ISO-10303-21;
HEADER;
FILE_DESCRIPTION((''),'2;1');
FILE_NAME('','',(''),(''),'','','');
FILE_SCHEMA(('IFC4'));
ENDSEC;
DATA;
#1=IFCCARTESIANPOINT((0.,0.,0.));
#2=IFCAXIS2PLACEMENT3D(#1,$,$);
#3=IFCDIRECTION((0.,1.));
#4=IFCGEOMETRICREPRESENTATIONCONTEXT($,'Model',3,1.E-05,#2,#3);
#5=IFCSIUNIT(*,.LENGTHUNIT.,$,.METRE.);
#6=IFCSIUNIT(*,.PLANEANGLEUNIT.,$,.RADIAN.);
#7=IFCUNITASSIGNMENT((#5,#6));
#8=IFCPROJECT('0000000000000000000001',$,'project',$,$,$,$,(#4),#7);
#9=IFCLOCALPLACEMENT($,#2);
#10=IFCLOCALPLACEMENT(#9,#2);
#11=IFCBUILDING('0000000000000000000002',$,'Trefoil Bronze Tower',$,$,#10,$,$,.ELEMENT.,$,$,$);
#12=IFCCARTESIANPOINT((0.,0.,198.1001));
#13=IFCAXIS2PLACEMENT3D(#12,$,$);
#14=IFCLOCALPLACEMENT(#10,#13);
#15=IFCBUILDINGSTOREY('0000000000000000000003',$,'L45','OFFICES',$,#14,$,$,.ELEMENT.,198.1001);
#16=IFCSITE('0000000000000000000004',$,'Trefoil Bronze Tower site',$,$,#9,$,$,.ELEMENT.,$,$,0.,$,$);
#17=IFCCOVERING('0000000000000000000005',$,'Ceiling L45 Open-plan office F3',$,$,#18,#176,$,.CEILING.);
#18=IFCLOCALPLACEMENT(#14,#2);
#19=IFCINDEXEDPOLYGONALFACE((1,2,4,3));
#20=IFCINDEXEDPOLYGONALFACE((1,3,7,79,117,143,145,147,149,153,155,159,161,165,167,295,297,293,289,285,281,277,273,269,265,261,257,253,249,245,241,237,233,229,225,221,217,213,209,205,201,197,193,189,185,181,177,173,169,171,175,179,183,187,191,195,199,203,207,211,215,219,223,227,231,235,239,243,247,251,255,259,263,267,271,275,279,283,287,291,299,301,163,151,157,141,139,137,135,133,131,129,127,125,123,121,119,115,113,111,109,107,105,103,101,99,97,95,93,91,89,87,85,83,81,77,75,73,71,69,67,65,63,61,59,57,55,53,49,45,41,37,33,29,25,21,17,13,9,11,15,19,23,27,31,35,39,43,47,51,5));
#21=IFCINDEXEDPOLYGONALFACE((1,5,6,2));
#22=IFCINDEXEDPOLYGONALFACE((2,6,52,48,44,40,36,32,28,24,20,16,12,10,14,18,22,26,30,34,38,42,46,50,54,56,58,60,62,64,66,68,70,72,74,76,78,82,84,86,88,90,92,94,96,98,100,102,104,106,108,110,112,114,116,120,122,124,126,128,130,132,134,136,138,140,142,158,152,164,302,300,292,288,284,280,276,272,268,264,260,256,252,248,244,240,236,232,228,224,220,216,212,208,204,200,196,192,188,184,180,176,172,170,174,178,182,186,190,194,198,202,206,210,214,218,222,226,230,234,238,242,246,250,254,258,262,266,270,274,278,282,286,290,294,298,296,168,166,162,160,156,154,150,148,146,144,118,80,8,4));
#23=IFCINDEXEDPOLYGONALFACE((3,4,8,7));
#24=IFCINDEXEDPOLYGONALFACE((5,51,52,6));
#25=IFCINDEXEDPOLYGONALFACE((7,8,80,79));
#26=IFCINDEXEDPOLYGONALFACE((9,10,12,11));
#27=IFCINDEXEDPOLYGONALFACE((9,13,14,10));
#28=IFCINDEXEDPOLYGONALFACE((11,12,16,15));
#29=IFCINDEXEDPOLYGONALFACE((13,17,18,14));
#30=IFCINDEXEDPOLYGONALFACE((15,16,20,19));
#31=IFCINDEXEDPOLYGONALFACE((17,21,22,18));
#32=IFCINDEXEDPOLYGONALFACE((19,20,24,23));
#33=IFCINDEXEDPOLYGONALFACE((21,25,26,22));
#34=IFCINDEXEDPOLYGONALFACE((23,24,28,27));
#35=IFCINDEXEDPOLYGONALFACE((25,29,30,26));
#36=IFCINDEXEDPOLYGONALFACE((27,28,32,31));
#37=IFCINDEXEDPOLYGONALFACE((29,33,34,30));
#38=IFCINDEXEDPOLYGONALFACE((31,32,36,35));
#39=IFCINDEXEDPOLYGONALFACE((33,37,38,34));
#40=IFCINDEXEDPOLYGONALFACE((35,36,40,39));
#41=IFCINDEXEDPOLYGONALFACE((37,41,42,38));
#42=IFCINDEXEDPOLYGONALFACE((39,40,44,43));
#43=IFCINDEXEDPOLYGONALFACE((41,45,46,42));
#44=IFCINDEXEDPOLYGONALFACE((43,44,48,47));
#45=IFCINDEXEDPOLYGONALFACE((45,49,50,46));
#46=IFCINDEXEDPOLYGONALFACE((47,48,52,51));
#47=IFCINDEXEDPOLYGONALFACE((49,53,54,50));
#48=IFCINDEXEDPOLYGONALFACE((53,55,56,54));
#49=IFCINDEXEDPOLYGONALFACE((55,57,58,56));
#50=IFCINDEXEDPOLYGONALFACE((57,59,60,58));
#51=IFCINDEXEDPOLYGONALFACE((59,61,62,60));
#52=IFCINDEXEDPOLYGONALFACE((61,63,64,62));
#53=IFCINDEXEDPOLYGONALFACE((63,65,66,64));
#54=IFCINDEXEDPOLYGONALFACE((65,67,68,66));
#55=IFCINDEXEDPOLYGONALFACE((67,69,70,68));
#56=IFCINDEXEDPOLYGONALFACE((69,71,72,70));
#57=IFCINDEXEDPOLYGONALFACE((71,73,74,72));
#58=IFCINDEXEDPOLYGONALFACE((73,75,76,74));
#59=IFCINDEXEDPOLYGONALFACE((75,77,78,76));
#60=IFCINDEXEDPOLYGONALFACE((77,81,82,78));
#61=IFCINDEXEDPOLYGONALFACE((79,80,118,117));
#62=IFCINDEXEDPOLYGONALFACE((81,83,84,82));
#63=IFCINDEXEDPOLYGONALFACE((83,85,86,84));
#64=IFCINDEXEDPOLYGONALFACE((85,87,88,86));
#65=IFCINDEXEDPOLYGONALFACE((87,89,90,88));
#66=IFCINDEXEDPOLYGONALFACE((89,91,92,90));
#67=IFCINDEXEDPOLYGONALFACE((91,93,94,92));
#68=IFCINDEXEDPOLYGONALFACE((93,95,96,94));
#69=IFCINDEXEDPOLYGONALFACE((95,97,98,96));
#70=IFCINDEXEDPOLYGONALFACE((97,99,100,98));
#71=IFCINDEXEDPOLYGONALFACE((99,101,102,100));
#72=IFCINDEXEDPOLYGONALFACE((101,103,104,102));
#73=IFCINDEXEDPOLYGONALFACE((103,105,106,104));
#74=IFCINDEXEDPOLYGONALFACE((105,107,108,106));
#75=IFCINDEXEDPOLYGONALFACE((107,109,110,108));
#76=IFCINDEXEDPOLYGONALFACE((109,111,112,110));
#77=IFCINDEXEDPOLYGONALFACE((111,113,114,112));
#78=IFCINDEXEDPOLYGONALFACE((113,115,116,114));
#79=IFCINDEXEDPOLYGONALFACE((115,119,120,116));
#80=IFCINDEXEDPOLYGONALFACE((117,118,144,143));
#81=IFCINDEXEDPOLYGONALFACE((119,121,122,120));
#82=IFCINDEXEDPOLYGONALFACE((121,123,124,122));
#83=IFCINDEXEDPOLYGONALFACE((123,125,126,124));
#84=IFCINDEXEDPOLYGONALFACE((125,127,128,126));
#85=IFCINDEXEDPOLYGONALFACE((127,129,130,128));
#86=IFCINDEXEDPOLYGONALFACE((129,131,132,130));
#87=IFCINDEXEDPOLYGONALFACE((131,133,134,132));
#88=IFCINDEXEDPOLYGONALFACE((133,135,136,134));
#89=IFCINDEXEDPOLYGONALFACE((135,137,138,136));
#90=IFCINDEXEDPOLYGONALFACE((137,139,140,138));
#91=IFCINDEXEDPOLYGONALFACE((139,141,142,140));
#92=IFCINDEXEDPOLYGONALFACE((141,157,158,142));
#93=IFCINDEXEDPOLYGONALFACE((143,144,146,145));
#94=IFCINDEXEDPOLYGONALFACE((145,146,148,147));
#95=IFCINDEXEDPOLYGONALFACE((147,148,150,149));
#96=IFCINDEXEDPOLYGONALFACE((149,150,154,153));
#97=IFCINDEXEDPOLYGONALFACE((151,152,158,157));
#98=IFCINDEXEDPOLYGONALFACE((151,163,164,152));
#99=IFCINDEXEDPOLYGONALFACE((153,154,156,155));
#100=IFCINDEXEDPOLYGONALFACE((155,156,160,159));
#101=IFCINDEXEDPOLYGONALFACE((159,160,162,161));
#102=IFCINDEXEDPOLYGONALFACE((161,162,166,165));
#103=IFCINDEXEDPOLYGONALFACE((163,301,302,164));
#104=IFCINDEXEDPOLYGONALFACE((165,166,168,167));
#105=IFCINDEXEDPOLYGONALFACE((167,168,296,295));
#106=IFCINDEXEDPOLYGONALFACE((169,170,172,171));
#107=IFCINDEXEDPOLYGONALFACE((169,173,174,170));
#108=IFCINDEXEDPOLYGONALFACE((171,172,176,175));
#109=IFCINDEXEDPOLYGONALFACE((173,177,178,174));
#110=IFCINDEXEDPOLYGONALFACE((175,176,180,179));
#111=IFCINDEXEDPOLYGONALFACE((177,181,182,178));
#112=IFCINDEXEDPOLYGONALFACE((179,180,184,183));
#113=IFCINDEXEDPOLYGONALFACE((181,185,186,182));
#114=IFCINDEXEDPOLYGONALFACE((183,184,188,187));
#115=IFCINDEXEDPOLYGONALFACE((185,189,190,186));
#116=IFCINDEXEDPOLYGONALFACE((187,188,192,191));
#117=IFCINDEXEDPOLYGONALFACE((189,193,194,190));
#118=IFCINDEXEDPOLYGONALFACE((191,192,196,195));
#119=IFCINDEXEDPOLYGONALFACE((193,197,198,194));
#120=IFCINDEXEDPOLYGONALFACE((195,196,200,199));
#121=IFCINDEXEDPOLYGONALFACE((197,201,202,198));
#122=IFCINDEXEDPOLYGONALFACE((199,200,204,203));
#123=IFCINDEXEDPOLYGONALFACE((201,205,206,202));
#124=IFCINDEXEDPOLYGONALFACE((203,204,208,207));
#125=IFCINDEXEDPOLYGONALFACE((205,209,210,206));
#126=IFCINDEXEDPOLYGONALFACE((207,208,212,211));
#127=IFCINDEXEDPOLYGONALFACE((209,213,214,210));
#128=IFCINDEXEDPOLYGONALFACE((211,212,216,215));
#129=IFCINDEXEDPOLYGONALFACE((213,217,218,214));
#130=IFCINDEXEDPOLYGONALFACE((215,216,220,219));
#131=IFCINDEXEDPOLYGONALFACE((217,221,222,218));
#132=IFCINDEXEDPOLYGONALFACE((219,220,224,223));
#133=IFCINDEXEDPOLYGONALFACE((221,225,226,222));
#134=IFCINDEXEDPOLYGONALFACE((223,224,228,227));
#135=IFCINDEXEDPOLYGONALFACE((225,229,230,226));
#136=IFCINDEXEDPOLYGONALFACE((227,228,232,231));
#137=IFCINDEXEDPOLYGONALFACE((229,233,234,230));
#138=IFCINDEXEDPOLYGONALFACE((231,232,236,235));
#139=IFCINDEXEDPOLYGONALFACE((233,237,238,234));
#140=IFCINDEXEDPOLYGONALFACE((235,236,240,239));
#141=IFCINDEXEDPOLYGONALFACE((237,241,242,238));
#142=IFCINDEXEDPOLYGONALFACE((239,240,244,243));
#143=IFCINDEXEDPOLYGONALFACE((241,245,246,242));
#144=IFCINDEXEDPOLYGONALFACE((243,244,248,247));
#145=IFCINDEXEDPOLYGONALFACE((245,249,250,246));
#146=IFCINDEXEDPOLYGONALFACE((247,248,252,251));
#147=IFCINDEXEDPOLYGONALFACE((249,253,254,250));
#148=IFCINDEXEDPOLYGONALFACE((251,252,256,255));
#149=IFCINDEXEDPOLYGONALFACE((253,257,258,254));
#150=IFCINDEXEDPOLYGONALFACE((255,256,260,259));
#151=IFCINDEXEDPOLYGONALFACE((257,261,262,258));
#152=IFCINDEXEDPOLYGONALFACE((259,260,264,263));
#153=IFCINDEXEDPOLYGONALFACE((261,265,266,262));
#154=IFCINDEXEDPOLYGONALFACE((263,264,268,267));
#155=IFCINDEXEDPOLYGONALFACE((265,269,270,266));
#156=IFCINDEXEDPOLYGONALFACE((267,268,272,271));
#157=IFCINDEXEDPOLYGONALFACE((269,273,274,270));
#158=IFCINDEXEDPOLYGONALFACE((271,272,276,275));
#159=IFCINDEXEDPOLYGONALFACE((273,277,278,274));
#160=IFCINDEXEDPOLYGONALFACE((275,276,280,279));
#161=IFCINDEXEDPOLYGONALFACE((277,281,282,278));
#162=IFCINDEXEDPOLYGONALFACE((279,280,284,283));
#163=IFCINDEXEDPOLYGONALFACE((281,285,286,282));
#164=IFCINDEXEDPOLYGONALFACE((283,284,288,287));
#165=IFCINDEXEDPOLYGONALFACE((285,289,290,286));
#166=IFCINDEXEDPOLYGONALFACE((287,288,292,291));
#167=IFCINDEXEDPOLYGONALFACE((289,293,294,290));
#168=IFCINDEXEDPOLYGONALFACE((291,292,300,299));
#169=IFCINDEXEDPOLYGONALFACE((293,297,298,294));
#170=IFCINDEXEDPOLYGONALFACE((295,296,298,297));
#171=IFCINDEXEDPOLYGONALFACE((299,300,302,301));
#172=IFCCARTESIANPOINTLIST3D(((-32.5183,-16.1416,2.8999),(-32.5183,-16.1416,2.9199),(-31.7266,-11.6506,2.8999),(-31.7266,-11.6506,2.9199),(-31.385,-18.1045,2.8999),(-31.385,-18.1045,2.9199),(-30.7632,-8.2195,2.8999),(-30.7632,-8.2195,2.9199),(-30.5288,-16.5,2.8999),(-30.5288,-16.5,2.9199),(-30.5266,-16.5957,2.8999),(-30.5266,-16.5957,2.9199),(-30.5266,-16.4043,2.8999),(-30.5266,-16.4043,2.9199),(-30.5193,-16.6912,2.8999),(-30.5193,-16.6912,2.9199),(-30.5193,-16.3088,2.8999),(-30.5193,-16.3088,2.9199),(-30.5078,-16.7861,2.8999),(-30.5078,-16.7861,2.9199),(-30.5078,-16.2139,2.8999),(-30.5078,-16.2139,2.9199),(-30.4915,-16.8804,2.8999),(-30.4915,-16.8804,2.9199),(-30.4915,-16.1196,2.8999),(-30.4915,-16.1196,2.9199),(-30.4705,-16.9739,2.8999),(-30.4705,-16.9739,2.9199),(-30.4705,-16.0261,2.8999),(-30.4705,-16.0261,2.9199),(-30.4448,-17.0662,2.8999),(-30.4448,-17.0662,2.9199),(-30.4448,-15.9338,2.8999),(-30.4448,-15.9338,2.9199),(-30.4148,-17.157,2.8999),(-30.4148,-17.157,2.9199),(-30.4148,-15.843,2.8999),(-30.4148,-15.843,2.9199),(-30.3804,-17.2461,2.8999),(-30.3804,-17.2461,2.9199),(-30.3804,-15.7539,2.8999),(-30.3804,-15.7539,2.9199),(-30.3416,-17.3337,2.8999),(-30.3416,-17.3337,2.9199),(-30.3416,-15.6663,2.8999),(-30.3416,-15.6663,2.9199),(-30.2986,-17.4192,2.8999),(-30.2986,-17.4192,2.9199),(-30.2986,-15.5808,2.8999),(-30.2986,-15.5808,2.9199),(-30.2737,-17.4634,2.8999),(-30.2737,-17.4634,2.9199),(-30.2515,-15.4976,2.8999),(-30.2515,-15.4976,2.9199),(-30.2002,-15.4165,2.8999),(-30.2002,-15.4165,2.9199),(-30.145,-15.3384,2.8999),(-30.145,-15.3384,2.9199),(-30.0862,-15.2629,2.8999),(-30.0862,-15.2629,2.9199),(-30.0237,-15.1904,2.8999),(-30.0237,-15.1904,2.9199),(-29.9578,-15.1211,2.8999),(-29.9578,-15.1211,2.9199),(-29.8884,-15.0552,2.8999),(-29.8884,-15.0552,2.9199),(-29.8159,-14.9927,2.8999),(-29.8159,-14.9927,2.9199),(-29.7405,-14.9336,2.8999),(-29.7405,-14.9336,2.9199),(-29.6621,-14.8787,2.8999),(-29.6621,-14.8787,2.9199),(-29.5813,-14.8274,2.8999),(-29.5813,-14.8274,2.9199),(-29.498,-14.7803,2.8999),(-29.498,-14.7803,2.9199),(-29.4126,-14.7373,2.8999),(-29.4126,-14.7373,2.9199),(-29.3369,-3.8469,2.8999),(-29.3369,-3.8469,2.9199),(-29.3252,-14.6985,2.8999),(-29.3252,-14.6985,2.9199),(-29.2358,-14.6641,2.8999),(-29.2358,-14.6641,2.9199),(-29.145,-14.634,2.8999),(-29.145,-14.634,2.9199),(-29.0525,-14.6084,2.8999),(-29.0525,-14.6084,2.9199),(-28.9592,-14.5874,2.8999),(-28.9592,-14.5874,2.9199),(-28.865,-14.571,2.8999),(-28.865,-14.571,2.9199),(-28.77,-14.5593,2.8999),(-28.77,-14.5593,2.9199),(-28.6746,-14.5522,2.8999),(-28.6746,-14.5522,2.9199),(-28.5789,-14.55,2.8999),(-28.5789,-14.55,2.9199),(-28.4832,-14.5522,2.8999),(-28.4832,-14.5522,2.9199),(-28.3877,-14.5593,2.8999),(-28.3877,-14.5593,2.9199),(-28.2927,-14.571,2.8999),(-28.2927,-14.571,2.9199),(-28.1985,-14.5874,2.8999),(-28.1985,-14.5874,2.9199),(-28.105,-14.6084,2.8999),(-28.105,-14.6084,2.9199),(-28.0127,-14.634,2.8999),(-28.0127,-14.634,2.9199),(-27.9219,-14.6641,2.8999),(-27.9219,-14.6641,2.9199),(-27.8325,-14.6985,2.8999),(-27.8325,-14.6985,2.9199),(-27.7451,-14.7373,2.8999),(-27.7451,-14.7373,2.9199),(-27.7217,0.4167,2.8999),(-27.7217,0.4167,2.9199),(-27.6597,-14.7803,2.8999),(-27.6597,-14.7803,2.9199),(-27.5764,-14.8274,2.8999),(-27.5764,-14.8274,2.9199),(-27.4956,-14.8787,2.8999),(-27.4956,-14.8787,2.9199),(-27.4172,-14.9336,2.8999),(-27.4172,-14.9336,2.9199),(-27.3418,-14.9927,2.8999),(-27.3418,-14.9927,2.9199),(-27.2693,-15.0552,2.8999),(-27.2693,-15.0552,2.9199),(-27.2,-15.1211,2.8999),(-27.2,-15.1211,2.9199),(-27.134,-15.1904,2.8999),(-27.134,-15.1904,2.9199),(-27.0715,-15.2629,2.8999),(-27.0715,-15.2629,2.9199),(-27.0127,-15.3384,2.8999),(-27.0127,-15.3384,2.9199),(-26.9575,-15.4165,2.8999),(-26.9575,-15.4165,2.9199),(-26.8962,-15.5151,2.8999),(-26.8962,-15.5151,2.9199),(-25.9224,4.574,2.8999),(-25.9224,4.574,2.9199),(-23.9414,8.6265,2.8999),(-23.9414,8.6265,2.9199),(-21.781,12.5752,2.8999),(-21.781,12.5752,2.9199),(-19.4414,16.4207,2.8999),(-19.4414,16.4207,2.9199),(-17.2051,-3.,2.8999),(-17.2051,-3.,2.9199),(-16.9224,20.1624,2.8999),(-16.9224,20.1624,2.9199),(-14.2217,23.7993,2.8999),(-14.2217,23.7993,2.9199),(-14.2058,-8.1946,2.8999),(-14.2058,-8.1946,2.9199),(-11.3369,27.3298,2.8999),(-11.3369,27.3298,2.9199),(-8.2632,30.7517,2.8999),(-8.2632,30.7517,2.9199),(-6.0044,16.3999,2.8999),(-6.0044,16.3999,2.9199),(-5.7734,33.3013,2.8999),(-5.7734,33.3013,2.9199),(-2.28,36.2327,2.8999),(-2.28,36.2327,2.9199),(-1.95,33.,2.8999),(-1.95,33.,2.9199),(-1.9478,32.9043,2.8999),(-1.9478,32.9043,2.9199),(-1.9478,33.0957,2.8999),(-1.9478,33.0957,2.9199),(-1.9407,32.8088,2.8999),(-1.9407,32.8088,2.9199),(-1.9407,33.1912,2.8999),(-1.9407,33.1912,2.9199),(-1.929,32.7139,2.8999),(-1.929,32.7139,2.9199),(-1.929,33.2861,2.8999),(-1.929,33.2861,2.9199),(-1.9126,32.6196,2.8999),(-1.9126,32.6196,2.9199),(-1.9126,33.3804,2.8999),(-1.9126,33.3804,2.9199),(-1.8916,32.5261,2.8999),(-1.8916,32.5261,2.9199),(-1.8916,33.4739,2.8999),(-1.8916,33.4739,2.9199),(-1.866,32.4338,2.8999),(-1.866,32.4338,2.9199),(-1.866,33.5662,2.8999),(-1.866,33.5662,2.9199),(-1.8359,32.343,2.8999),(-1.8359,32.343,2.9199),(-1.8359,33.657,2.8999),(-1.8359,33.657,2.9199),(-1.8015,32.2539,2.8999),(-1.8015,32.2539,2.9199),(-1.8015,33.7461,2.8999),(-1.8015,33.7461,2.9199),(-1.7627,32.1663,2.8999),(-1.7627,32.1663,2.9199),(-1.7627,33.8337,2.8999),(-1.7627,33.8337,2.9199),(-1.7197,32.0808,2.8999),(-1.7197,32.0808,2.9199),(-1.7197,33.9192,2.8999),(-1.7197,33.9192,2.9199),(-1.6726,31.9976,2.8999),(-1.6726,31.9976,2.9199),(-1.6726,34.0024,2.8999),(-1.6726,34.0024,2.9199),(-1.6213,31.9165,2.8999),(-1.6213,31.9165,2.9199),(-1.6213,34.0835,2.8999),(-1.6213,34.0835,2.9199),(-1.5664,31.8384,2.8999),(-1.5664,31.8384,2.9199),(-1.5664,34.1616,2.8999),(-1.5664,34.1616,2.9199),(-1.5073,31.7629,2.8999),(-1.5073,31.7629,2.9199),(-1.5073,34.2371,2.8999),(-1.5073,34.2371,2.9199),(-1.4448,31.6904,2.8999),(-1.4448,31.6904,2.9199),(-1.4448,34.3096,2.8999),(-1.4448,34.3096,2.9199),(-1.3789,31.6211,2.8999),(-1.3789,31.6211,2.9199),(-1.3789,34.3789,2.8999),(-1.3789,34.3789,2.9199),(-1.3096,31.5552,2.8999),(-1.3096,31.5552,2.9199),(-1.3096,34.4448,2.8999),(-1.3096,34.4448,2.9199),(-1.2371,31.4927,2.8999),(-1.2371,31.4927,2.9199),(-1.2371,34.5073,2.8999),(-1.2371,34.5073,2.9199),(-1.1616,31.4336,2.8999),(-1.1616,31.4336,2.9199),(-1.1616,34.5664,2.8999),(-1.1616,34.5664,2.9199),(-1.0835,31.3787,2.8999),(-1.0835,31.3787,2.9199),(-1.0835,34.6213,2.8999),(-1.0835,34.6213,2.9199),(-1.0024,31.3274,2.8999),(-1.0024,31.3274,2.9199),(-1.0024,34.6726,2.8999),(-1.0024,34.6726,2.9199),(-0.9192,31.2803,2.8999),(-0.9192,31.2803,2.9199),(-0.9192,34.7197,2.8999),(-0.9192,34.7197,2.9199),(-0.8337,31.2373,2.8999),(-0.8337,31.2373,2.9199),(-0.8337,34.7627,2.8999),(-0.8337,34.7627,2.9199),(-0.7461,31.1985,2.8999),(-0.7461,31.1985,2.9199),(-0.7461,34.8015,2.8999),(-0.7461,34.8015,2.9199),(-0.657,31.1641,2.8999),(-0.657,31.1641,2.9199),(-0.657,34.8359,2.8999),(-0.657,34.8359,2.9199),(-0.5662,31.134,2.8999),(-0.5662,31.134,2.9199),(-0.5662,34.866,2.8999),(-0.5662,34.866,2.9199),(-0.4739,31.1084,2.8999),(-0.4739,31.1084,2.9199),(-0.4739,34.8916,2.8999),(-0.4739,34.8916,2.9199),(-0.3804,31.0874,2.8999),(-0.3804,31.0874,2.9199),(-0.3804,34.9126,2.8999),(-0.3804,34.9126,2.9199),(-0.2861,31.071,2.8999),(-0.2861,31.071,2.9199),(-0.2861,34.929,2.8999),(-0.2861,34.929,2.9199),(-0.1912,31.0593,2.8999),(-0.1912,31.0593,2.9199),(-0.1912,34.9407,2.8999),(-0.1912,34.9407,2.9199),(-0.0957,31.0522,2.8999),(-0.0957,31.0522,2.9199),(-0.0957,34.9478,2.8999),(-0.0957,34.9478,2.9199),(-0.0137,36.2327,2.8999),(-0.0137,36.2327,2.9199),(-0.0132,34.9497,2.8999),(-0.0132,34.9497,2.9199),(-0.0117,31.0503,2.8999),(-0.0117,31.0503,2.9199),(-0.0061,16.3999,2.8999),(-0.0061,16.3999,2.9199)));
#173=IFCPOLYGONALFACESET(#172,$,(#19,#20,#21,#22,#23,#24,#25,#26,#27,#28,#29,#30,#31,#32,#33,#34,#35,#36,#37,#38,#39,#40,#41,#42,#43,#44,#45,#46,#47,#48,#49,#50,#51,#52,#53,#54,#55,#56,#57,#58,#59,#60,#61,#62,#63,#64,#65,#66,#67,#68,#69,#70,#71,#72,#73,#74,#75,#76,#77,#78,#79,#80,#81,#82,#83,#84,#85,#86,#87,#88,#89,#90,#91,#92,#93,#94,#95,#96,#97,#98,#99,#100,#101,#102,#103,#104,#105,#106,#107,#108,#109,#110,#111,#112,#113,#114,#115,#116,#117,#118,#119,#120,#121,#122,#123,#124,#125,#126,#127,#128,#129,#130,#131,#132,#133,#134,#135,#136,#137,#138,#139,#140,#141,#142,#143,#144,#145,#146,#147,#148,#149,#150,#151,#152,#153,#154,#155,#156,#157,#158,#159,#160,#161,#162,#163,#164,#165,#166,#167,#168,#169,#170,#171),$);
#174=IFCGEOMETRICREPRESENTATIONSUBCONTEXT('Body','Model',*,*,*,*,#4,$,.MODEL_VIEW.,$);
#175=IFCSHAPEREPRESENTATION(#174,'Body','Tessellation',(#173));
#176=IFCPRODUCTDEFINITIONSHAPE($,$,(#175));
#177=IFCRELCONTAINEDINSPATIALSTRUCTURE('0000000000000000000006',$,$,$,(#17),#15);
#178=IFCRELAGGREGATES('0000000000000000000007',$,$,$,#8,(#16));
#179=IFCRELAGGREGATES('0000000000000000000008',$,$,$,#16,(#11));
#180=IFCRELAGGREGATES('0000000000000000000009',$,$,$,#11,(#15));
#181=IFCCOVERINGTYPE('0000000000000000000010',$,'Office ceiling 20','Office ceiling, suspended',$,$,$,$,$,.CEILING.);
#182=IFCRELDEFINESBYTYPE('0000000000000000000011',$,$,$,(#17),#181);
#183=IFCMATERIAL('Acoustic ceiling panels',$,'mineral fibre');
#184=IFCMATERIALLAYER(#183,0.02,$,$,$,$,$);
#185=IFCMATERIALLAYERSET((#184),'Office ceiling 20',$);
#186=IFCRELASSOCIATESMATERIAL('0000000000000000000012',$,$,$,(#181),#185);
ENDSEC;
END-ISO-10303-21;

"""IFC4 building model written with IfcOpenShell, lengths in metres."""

from ifc_helpers import new_model, si_unit, direction, frame, origin, place, context, subcontext, project, spatial, polyline, outline, extrude, material, layer, layer_set, type_object, element, save


model = new_model("IFC4")

# Units and contexts
model_context = context("Model", 3, precision=1e-05, world=origin(), true_north=direction((0.0, 1.0)))
body_context = subcontext(model_context, "Body", "Model", "MODEL_VIEW")
ifc_project = project(units=[si_unit("LENGTHUNIT", "METRE"), si_unit("PLANEANGLEUNIT", "RADIAN")], contexts=[model_context])

# Site, building, storey
site_placement = place(None, origin())
site = spatial("IfcSite", under=ifc_project, at=site_placement, Name="Trefoil Bronze Tower site", CompositionType="ELEMENT", RefElevation=0.0)
building_placement = place(site_placement, origin())
building = spatial("IfcBuilding", under=site, at=building_placement, Name="Trefoil Bronze Tower", CompositionType="ELEMENT")
storey_placement = place(building_placement, frame((0.0, 0.0, 198.1001)))
storey = spatial("IfcBuildingStorey", under=building, at=storey_placement, Name="L45", Description="OFFICES", CompositionType="ELEMENT", Elevation=198.1001)

# Covering
ifc_material_1 = material(Name="Acoustic ceiling panels", Category="mineral fibre")
ifc_layer_1 = layer(ifc_material_1, 0.02)
ifc_layer_set_1 = layer_set([ifc_layer_1], Name="Office ceiling 20")
covering_type_1 = type_object("IfcCoveringType", Name="Office ceiling 20", Description="Office ceiling, suspended", PredefinedType="CEILING", material=ifc_layer_set_1)
covering_1_placement = place(storey_placement, frame((0.0, 0.0, 2.8999)))
element("IfcCovering", 1, at=covering_1_placement, inside=storey, type_object=covering_type_1, Name="Ceiling L45 Open-plan office F3", PredefinedType="CEILING", context=body_context, shape_type="SweptSolid", body=[
    extrude(outline(polyline([(-30.7632, -8.2195), (-29.3369, -3.8469), (-27.7217, 0.4167), (-25.9224, 4.574), (-23.9414, 8.6265), (-21.781, 12.5752), (-19.4414, 16.4207), (-16.9224, 20.1624), (-14.2217, 23.7993), (-11.3369, 27.3298), (-8.2632, 30.7517), (-5.7734, 33.3013), (-2.28, 36.2327), (-0.0137, 36.2327), (-0.0132, 34.9497), (-0.0957, 34.9478), (-0.1912, 34.9407), (-0.2861, 34.929), (-0.3804, 34.9126), (-0.4739, 34.8916), (-0.5662, 34.866), (-0.657, 34.8359), (-0.7461, 34.8015), (-0.8337, 34.7627), (-0.9192, 34.7197), (-1.0024, 34.6726), (-1.0835, 34.6213), (-1.1616, 34.5664), (-1.2371, 34.5073), (-1.3096, 34.4448), (-1.3789, 34.3789), (-1.4448, 34.3096), (-1.5073, 34.2371), (-1.5664, 34.1616), (-1.6213, 34.0835), (-1.6726, 34.0024), (-1.7197, 33.9192), (-1.7627, 33.8337), (-1.8015, 33.7461), (-1.8359, 33.657), (-1.866, 33.5662), (-1.8916, 33.4739), (-1.9126, 33.3804), (-1.929, 33.2861), (-1.9407, 33.1912), (-1.9478, 33.0957), (-1.95, 33.0), (-1.9478, 32.9043), (-1.9407, 32.8088), (-1.929, 32.7139), (-1.9126, 32.6196), (-1.8916, 32.5261), (-1.866, 32.4338), (-1.8359, 32.343), (-1.8015, 32.2539), (-1.7627, 32.1663), (-1.7197, 32.0808), (-1.6726, 31.9976), (-1.6213, 31.9165), (-1.5664, 31.8384), (-1.5073, 31.7629), (-1.4448, 31.6904), (-1.3789, 31.6211), (-1.3096, 31.5552), (-1.2371, 31.4927), (-1.1616, 31.4336), (-1.0835, 31.3787), (-1.0024, 31.3274), (-0.9192, 31.2803), (-0.8337, 31.2373), (-0.7461, 31.1985), (-0.657, 31.1641), (-0.5662, 31.134), (-0.4739, 31.1084), (-0.3804, 31.0874), (-0.2861, 31.071), (-0.1912, 31.0593), (-0.0957, 31.0522), (-0.0117, 31.0503), (-0.0061, 16.3999), (-6.0044, 16.3999), (-17.2051, -3.0), (-14.2058, -8.1946), (-26.8962, -15.5151), (-26.9575, -15.4165), (-27.0127, -15.3384), (-27.0715, -15.2629), (-27.134, -15.1904), (-27.2, -15.1211), (-27.2693, -15.0552), (-27.3418, -14.9927), (-27.4172, -14.9336), (-27.4956, -14.8787), (-27.5764, -14.8274), (-27.6597, -14.7803), (-27.7451, -14.7373), (-27.8325, -14.6985), (-27.9219, -14.6641), (-28.0127, -14.634), (-28.105, -14.6084), (-28.1985, -14.5874), (-28.2927, -14.571), (-28.3877, -14.5593), (-28.4832, -14.5522), (-28.5789, -14.55), (-28.6746, -14.5522), (-28.77, -14.5593), (-28.865, -14.571), (-28.9592, -14.5874), (-29.0525, -14.6084), (-29.145, -14.634), (-29.2358, -14.6641), (-29.3252, -14.6985), (-29.4126, -14.7373), (-29.498, -14.7803), (-29.5813, -14.8274), (-29.6621, -14.8787), (-29.7405, -14.9336), (-29.8159, -14.9927), (-29.8884, -15.0552), (-29.9578, -15.1211), (-30.0237, -15.1904), (-30.0862, -15.2629), (-30.145, -15.3384), (-30.2002, -15.4165), (-30.2515, -15.4976), (-30.2986, -15.5808), (-30.3416, -15.6663), (-30.3804, -15.7539), (-30.4148, -15.843), (-30.4448, -15.9338), (-30.4705, -16.0261), (-30.4915, -16.1196), (-30.5078, -16.2139), (-30.5193, -16.3088), (-30.5266, -16.4043), (-30.5288, -16.5), (-30.5266, -16.5957), (-30.5193, -16.6912), (-30.5078, -16.7861), (-30.4915, -16.8804), (-30.4705, -16.9739), (-30.4448, -17.0662), (-30.4148, -17.157), (-30.3804, -17.2461), (-30.3416, -17.3337), (-30.2986, -17.4192), (-30.2737, -17.4634), (-31.385, -18.1045), (-32.5183, -16.1416), (-31.7266, -11.6506), (-30.7632, -8.2195)])), origin(), (0.0, 0.0, 1.0), 0.02),
])

save(model, "model.ifc")
